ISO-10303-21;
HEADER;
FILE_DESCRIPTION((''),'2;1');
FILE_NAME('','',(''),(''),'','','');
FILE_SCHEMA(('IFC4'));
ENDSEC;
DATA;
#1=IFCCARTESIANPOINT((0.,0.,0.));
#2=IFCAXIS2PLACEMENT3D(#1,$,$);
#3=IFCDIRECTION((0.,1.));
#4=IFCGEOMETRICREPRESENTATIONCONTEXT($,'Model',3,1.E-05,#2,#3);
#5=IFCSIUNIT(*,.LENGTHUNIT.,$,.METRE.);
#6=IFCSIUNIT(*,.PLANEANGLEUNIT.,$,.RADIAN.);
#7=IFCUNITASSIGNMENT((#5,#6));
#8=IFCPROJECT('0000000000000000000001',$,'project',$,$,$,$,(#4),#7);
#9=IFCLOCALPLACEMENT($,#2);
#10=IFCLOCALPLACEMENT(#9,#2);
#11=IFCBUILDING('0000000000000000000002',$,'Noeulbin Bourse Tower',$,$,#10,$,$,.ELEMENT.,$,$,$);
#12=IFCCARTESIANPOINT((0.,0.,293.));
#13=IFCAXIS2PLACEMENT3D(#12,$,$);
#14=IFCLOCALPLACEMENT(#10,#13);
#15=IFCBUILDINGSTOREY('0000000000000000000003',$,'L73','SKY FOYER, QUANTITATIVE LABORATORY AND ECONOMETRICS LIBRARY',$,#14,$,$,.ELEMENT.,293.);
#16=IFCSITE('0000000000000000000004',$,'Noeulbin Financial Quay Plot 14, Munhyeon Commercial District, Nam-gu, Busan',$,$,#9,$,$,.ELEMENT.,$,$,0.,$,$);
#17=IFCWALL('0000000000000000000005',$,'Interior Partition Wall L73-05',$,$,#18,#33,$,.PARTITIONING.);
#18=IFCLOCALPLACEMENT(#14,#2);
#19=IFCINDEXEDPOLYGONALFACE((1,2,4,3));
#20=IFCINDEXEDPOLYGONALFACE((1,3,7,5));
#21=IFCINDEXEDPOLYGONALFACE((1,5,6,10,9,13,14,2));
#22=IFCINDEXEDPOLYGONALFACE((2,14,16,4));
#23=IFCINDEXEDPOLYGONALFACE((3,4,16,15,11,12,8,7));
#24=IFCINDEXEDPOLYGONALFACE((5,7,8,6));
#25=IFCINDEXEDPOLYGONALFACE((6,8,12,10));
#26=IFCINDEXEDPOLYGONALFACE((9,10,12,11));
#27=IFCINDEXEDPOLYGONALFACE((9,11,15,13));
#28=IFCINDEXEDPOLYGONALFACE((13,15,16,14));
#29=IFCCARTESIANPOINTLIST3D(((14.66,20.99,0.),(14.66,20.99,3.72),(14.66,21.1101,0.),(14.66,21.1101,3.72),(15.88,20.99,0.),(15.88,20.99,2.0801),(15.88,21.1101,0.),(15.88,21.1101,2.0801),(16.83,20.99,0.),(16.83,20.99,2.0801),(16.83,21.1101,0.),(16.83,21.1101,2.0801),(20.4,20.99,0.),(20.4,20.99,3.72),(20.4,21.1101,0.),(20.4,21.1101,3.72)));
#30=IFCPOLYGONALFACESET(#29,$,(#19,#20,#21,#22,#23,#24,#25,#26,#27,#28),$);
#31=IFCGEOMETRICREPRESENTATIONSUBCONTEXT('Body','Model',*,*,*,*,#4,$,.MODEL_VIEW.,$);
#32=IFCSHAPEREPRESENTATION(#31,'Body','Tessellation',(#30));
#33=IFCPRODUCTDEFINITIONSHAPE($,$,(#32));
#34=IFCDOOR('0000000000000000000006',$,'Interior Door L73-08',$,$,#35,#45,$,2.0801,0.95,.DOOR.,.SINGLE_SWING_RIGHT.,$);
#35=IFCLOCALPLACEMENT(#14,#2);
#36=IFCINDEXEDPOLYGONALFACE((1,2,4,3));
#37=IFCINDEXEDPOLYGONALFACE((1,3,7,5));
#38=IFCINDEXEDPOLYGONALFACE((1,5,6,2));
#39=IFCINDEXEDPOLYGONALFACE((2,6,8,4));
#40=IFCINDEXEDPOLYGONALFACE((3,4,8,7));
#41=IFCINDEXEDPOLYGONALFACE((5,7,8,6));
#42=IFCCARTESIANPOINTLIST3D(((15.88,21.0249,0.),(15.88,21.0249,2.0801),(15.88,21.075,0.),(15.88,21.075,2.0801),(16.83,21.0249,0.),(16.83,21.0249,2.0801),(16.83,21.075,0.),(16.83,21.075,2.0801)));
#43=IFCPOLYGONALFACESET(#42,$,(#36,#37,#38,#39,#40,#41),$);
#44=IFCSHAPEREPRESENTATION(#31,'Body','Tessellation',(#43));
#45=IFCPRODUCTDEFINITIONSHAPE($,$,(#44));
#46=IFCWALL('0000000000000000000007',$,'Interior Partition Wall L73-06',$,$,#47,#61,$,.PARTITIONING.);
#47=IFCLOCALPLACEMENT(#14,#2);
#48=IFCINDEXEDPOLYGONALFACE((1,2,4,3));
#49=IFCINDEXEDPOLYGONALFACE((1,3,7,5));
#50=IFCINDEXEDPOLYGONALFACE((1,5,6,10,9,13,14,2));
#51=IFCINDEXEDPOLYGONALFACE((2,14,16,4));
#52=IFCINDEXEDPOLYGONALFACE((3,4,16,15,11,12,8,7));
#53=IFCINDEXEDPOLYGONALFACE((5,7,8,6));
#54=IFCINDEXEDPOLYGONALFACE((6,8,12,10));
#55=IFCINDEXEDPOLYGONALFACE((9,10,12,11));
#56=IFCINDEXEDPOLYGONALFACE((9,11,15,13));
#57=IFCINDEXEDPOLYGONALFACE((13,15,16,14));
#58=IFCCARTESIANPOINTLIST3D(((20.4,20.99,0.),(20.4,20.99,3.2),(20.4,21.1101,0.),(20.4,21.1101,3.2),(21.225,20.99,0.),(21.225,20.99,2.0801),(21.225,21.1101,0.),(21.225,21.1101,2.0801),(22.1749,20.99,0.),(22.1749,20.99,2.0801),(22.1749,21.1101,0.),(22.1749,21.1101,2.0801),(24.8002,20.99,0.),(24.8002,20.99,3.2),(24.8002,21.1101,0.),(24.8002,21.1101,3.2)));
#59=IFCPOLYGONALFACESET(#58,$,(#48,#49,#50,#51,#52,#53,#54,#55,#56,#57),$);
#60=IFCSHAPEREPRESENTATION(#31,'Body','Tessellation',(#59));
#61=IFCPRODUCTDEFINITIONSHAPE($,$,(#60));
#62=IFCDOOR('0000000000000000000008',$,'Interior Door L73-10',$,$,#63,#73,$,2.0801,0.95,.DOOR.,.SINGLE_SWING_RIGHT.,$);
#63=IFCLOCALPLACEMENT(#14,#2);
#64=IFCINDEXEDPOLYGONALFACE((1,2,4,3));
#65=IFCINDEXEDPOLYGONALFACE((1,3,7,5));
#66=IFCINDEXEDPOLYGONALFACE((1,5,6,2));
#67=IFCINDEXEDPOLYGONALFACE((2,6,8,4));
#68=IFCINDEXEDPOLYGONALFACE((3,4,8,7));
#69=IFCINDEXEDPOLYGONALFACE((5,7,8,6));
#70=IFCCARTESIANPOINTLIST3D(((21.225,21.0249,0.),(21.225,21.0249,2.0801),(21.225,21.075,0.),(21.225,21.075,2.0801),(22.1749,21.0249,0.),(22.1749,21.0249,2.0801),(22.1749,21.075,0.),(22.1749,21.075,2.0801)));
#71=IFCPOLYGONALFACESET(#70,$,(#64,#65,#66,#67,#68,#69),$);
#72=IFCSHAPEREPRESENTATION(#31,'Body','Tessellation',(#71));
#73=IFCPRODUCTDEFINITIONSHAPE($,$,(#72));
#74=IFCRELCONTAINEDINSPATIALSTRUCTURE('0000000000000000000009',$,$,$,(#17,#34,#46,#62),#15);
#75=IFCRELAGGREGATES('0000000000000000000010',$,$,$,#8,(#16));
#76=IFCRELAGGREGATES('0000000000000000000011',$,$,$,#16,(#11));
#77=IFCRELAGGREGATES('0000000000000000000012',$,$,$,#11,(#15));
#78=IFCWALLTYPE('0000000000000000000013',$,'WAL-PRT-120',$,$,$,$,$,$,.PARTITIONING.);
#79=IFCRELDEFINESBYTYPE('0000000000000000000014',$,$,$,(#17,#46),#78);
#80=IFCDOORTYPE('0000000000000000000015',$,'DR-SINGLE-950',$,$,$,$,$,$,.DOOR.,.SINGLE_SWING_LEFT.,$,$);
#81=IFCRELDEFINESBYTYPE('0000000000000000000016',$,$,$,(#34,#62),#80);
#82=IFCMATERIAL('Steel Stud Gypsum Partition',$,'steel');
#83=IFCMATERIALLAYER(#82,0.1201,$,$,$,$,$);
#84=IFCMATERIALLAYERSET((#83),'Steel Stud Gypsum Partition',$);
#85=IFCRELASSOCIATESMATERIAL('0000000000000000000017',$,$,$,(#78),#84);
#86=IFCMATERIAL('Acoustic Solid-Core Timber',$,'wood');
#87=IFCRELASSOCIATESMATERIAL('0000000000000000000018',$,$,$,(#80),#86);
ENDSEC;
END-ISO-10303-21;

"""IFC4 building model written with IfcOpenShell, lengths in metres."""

from ifc_helpers import new_model, si_unit, direction, frame, frame_2d, origin, place, context, subcontext, project, spatial, rectangle, extrude, material, layer, layer_set, type_object, element, fill, save


model = new_model("IFC4")

# Units and contexts
model_context = context("Model", 3, precision=1e-05, world=origin(), true_north=direction((0.0, 1.0)))
body_context = subcontext(model_context, "Body", "Model", "MODEL_VIEW")
ifc_project = project(units=[si_unit("LENGTHUNIT", "METRE"), si_unit("PLANEANGLEUNIT", "RADIAN")], contexts=[model_context])

# Site, building, storey
site_placement = place(None, origin())
site = spatial("IfcSite", under=ifc_project, at=site_placement, Name="Noeulbin Financial Quay Plot 14, Munhyeon Commercial District, Nam-gu, Busan", CompositionType="ELEMENT", RefElevation=0.0)
building_placement = place(site_placement, origin())
building = spatial("IfcBuilding", under=site, at=building_placement, Name="Noeulbin Bourse Tower", CompositionType="ELEMENT")
storey_placement = place(building_placement, frame((0.0, 0.0, 293.0)))
storey = spatial("IfcBuildingStorey", under=building, at=storey_placement, Name="L73", Description="SKY FOYER, QUANTITATIVE LABORATORY AND ECONOMETRICS LIBRARY", CompositionType="ELEMENT", Elevation=293.0)

# Walls, openings, doors
ifc_material_1 = material(Name="Steel Stud Gypsum Partition", Category="steel")
ifc_layer_1 = layer(ifc_material_1, 0.1201)
ifc_layer_set_1 = layer_set([ifc_layer_1], Name="Steel Stud Gypsum Partition")
wall_type_1 = type_object("IfcWallType", Name="WAL-PRT-120", PredefinedType="PARTITIONING", material=ifc_layer_set_1)
wall_1_placement = place(storey_placement, frame((14.6599, 21.05, 0.0), z_axis=(0.0, 0.0, 1.0), x_axis=(1.0, 0.0, 0.0)))
wall_1 = element("IfcWall", 1, at=wall_1_placement, inside=storey, type_object=wall_type_1, Name="Interior Partition Wall L73-05", PredefinedType="PARTITIONING", context=body_context, shape_type="SweptSolid", body=[
    extrude(rectangle(XDim=5.74, YDim=0.1201, at=frame_2d((2.8701, 0.0))), origin(), (0.0, 0.0, 1.0), 3.72),
])
opening_1_placement = place(wall_1_placement, frame((1.22, 0.0, 0.0)))
opening_1 = element("IfcOpeningElement", 2, at=opening_1_placement, cuts=wall_1, PredefinedType="OPENING", context=body_context, shape_type="SweptSolid", body=[
    extrude(rectangle(XDim=0.95, YDim=2.0801, at=frame_2d((0.4751, 1.04))), frame((0.0, 0.0701, 0.0), z_axis=(0.0, -1.0, 0.0), x_axis=(1.0, 0.0, 0.0)), (0.0, 0.0, 1.0), 0.1401),
])
ifc_material_2 = material(Name="Acoustic Solid-Core Timber", Category="wood")
door_type_1 = type_object("IfcDoorType", Name="DR-SINGLE-950", OperationType="SINGLE_SWING_LEFT", PredefinedType="DOOR", material=ifc_material_2)
door_1_placement = place(opening_1_placement, origin())
door_1 = element("IfcDoor", 3, at=door_1_placement, inside=storey, type_object=door_type_1, Name="Interior Door L73-08", OperationType="SINGLE_SWING_RIGHT", OverallHeight=2.0801, OverallWidth=0.95, PredefinedType="DOOR", context=body_context, shape_type="SweptSolid", body=[
    extrude(rectangle(XDim=0.95, YDim=2.0801, at=frame_2d((0.4751, 1.04))), frame((0.0, 0.0249, 0.0), z_axis=(0.0, -1.0, 0.0), x_axis=(1.0, 0.0, 0.0)), (0.0, 0.0, 1.0), 0.05),
])
fill(opening_1, door_1)
wall_2_placement = place(storey_placement, frame((20.3999, 21.05, 0.0), z_axis=(0.0, 0.0, 1.0), x_axis=(1.0, 0.0, 0.0)))
wall_2 = element("IfcWall", 4, at=wall_2_placement, inside=storey, type_object=wall_type_1, Name="Interior Partition Wall L73-06", PredefinedType="PARTITIONING", context=body_context, shape_type="SweptSolid", body=[
    extrude(rectangle(XDim=4.4001, YDim=0.1201, at=frame_2d((2.2002, 0.0))), origin(), (0.0, 0.0, 1.0), 3.2),
])
opening_2_placement = place(wall_2_placement, frame((0.825, 0.0, 0.0)))
opening_2 = element("IfcOpeningElement", 5, at=opening_2_placement, cuts=wall_2, PredefinedType="OPENING", context=body_context, shape_type="SweptSolid", body=[
    extrude(rectangle(XDim=0.95, YDim=2.0801, at=frame_2d((0.4751, 1.04))), frame((0.0, 0.0701, 0.0), z_axis=(0.0, -1.0, 0.0), x_axis=(1.0, 0.0, 0.0)), (0.0, 0.0, 1.0), 0.1401),
])
door_2_placement = place(opening_2_placement, origin())
door_2 = element("IfcDoor", 6, at=door_2_placement, inside=storey, type_object=door_type_1, Name="Interior Door L73-10", OperationType="SINGLE_SWING_RIGHT", OverallHeight=2.0801, OverallWidth=0.95, PredefinedType="DOOR", context=body_context, shape_type="SweptSolid", body=[
    extrude(rectangle(XDim=0.95, YDim=2.0801, at=frame_2d((0.4751, 1.04))), frame((0.0, 0.0249, 0.0), z_axis=(0.0, -1.0, 0.0), x_axis=(1.0, 0.0, 0.0)), (0.0, 0.0, 1.0), 0.05),
])
fill(opening_2, door_2)

save(model, "model.ifc")
